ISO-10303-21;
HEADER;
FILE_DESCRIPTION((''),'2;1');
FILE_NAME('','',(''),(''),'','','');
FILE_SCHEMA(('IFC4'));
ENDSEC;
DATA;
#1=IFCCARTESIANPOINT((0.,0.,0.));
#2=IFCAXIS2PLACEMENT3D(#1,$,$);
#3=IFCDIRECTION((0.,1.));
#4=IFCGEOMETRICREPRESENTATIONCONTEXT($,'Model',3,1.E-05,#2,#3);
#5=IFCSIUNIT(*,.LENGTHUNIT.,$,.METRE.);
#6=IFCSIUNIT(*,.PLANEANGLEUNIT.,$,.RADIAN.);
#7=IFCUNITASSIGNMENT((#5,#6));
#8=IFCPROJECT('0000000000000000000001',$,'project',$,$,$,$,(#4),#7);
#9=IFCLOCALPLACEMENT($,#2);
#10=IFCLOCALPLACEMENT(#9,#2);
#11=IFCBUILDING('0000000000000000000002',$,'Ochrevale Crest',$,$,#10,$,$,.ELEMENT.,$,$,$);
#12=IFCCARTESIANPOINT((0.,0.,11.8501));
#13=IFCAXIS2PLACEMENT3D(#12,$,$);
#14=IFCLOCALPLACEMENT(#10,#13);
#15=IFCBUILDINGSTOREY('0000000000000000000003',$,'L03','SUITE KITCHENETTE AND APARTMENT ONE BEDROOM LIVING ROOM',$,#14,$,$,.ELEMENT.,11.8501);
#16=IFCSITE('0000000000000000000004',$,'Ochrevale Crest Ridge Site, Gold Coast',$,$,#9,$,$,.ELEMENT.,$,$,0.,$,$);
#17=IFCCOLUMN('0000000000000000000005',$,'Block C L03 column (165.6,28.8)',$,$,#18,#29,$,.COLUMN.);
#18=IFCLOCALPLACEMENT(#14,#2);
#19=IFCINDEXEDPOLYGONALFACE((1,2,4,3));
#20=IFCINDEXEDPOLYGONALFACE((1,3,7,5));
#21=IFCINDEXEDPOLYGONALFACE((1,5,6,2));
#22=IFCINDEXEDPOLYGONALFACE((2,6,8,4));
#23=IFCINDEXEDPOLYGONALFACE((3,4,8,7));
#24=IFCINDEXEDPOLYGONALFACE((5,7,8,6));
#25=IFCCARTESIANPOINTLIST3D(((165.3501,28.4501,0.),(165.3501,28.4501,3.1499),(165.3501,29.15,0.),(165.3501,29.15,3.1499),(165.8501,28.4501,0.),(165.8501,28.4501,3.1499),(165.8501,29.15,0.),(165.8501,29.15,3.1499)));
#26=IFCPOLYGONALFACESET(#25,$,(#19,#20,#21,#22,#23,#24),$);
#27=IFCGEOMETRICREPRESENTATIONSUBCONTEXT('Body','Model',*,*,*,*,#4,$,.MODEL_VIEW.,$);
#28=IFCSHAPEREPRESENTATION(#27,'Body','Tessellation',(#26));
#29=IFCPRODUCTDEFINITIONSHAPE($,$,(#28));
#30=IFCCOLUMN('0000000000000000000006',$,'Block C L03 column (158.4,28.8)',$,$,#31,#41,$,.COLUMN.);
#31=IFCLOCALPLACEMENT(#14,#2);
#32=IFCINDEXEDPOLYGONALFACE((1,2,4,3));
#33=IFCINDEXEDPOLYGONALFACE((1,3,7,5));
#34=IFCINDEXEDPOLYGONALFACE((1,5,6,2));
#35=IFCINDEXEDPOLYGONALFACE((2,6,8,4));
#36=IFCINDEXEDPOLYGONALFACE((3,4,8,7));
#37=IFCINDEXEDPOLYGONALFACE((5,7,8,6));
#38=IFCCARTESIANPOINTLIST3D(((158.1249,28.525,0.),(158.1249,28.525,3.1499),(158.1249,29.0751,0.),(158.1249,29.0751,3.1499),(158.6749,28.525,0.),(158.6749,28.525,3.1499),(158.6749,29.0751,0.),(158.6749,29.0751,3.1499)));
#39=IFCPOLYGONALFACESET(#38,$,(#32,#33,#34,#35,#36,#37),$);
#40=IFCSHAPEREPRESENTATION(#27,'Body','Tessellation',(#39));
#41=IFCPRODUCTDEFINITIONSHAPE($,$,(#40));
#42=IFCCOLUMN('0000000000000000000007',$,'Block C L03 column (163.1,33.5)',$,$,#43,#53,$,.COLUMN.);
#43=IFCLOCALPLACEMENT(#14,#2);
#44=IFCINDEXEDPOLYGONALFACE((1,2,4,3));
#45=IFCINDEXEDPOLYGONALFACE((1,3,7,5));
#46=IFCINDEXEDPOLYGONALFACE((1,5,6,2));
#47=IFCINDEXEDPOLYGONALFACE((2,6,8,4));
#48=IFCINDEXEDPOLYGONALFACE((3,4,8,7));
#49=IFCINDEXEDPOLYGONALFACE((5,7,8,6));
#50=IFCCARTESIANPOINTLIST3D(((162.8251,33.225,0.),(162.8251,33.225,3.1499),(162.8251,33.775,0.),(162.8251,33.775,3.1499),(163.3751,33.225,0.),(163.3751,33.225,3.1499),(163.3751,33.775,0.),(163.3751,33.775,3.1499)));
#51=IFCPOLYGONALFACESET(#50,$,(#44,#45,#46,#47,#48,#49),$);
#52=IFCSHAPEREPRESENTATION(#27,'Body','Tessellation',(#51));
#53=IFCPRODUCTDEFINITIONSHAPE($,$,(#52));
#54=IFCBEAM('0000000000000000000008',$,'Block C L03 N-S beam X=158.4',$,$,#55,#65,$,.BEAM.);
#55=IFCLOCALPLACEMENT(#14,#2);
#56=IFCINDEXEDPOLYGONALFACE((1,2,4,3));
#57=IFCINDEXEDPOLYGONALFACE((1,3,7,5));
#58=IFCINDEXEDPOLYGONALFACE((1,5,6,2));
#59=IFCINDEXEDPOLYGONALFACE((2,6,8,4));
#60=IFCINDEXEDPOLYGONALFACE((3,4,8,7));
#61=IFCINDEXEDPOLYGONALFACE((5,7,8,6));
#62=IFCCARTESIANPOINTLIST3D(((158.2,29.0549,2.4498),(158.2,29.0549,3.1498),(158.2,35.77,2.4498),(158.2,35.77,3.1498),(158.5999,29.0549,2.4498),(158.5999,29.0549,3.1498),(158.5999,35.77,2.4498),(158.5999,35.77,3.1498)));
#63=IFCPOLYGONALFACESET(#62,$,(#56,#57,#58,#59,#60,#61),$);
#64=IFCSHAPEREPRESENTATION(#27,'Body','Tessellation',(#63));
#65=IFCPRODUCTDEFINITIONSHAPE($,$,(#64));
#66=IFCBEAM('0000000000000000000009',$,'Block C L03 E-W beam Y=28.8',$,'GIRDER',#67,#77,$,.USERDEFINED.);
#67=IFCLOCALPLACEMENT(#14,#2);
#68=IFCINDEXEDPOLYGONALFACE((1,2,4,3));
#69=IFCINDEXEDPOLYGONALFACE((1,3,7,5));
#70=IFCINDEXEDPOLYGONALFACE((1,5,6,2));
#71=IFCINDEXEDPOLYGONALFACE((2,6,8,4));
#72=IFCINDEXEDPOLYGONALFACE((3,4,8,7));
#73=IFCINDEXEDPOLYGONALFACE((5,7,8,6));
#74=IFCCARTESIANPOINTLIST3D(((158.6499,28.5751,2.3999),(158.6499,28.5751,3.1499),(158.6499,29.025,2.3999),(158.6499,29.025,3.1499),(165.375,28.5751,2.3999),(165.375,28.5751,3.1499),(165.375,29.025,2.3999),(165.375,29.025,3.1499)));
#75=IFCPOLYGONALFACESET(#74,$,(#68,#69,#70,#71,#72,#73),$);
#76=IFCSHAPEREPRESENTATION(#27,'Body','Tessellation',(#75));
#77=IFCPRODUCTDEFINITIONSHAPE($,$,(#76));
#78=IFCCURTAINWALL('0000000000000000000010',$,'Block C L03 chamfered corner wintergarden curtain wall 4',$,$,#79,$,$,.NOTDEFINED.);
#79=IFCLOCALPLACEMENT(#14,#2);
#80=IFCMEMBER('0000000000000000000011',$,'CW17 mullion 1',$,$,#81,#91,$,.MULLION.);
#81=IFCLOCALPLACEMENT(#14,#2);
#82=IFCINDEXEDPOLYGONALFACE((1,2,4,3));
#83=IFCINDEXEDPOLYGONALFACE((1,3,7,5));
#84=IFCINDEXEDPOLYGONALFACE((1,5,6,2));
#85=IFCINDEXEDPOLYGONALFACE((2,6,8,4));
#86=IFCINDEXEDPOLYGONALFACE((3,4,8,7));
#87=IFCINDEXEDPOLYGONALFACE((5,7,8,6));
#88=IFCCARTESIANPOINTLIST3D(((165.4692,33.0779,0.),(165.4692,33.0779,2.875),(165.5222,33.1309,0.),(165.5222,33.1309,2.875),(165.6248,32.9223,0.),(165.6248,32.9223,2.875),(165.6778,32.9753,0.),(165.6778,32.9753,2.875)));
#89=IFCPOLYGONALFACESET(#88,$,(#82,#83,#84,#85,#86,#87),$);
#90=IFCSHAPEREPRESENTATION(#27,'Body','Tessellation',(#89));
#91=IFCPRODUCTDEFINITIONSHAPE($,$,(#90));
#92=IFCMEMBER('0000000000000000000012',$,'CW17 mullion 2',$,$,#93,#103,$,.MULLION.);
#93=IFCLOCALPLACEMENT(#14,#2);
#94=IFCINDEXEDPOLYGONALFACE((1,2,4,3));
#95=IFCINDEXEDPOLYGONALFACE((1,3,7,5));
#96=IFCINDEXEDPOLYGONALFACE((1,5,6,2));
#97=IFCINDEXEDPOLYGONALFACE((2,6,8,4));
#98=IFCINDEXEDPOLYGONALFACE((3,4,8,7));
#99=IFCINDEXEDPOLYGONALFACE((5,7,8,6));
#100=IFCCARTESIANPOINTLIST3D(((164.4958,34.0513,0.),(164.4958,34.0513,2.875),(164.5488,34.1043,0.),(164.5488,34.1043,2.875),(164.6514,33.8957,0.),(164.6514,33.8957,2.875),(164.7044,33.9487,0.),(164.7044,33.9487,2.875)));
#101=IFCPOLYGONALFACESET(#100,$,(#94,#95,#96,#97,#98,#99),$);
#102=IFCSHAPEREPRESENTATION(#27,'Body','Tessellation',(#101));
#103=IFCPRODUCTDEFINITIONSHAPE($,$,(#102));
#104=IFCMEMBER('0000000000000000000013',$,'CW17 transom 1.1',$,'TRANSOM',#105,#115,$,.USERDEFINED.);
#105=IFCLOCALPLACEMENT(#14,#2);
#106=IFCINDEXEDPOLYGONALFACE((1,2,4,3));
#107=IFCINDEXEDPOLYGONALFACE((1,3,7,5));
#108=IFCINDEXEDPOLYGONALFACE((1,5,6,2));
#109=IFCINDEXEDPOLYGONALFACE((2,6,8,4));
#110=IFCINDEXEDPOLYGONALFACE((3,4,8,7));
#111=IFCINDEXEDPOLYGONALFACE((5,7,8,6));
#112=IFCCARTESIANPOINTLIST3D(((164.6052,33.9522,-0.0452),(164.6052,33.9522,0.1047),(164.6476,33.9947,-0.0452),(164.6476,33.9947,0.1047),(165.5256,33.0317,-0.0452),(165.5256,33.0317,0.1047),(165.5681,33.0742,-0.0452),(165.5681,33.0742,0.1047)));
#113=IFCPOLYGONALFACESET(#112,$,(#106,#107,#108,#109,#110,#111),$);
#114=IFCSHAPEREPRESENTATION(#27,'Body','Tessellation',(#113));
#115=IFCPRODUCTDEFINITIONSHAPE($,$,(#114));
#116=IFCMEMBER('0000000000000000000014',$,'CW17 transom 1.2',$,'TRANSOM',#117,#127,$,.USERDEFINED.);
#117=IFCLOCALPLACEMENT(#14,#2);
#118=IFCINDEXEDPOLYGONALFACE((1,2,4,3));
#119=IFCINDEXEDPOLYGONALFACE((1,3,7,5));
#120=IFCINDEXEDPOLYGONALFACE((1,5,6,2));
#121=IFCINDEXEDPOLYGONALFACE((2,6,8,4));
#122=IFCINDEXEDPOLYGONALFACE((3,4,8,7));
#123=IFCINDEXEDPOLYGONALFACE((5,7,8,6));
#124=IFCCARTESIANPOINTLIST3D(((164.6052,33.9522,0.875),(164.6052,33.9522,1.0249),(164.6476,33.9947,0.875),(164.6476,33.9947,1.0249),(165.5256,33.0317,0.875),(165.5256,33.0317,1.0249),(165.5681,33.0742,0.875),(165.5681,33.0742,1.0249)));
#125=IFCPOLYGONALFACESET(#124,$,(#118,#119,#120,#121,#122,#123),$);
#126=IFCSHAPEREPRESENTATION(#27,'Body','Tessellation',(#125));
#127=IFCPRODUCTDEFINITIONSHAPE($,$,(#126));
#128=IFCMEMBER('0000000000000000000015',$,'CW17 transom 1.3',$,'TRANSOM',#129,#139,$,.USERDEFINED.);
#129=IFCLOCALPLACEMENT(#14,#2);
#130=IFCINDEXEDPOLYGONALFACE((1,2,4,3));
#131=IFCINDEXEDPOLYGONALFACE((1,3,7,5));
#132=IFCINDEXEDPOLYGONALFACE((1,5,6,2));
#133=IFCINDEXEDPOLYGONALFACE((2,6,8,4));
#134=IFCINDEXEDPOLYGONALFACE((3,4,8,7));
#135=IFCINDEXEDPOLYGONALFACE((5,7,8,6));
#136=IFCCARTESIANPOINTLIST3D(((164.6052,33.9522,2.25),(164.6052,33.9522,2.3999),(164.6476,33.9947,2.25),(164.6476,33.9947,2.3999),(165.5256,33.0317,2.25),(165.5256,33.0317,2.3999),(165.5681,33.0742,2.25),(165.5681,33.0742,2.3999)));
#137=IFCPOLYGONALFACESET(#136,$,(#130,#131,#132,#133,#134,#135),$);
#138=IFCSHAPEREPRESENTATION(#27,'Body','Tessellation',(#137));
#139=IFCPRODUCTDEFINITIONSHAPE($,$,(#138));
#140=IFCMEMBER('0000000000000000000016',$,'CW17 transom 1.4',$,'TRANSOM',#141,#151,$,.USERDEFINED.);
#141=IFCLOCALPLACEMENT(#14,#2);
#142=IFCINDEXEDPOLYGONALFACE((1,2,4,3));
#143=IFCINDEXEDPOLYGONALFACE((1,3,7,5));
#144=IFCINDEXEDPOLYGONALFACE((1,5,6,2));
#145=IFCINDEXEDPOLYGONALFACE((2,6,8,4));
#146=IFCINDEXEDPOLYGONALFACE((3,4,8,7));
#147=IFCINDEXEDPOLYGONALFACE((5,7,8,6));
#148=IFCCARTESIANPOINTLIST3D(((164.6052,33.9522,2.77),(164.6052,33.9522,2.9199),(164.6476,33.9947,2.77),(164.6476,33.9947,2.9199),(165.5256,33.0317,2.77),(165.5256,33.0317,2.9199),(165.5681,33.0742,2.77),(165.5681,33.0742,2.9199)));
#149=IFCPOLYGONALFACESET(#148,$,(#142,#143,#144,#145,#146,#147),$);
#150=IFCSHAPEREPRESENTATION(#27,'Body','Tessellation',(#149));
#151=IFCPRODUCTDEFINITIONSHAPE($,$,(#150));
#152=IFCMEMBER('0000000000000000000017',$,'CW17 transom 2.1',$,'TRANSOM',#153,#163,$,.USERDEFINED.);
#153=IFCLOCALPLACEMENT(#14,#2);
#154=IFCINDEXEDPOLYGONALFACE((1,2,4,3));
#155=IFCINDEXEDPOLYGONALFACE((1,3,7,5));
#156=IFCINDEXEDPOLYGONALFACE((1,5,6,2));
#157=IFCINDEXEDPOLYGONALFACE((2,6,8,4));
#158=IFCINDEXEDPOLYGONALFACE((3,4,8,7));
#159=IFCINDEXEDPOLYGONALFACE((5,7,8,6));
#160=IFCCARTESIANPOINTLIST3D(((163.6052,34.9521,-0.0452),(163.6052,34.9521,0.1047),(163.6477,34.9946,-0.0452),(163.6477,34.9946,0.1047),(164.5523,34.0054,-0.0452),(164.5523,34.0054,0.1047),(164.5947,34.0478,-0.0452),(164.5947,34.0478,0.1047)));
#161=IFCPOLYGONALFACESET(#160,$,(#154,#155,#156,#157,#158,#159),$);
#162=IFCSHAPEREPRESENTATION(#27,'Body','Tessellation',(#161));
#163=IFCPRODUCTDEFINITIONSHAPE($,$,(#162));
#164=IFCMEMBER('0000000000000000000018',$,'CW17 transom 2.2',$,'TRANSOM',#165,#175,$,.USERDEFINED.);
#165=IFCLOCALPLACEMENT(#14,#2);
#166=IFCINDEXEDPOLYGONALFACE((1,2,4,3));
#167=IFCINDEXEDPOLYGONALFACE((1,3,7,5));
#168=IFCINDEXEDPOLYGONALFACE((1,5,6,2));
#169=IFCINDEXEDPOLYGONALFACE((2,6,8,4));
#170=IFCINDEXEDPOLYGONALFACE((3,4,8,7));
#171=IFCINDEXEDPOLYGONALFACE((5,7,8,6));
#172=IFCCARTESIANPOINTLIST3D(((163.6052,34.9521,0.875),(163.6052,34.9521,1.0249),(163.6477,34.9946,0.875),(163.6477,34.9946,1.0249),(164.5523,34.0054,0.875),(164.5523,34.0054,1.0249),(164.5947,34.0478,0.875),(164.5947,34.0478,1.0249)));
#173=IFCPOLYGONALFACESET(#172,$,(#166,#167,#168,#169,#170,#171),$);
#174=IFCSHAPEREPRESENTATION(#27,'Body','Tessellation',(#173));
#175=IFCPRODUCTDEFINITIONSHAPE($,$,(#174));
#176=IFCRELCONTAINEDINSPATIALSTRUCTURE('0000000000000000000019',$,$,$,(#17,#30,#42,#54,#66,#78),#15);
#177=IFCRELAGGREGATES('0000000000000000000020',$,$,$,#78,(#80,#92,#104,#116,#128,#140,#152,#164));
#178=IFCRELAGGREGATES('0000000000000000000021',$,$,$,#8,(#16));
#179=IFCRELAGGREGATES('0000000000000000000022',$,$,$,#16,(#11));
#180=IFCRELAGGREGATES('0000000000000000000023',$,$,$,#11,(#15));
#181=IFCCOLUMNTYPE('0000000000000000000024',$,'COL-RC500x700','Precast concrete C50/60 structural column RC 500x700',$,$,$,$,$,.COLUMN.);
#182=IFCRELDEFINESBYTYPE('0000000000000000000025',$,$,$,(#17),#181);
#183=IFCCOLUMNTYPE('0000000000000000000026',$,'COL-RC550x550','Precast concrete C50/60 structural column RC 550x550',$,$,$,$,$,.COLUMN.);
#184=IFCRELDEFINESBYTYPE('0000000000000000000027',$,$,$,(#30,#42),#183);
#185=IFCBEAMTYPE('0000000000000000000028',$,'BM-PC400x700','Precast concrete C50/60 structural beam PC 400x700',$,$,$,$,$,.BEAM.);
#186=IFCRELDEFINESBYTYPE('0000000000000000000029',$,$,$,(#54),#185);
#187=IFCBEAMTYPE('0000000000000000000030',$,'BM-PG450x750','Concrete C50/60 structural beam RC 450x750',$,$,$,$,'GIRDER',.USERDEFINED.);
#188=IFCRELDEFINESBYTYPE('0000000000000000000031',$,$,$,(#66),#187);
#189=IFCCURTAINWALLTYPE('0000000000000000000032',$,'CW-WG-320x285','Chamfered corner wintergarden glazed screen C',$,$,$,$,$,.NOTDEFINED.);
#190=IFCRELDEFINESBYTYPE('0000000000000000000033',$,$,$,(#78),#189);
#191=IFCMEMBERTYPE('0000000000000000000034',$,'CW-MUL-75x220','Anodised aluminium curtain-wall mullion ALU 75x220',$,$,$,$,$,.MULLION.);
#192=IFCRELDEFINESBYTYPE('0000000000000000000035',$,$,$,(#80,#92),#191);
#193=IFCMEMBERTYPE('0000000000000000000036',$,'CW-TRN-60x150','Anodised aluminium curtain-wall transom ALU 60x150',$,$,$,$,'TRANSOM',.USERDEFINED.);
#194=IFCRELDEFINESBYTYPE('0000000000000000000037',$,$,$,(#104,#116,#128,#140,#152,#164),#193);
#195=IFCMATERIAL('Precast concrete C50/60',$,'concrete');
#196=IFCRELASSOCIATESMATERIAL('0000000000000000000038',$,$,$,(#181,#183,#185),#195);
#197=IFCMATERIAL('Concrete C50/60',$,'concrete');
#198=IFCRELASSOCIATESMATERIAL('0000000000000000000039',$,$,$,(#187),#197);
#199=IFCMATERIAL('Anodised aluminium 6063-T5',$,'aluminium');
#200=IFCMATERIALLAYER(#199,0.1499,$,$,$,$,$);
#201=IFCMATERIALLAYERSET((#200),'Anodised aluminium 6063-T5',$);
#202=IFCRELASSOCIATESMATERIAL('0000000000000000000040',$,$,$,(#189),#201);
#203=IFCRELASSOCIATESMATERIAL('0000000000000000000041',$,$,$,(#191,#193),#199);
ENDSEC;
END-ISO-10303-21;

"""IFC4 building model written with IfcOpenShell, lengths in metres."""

from ifc_helpers import new_model, si_unit, direction, frame, origin, origin_2d, place, context, subcontext, project, spatial, rectangle, extrude, material, layer, layer_set, material_profile, profile_set, type_object, element, aggregate, save


model = new_model("IFC4")

# Units and contexts
model_context = context("Model", 3, precision=1e-05, world=origin(), true_north=direction((0.0, 1.0)))
body_context = subcontext(model_context, "Body", "Model", "MODEL_VIEW")
ifc_project = project(units=[si_unit("LENGTHUNIT", "METRE"), si_unit("PLANEANGLEUNIT", "RADIAN")], contexts=[model_context])

# Site, building, storey
site_placement = place(None, origin())
site = spatial("IfcSite", under=ifc_project, at=site_placement, Name="Ochrevale Crest Ridge Site, Gold Coast", CompositionType="ELEMENT", RefElevation=0.0)
building_placement = place(site_placement, origin())
building = spatial("IfcBuilding", under=site, at=building_placement, Name="Ochrevale Crest", CompositionType="ELEMENT")
storey_placement = place(building_placement, frame((0.0, 0.0, 11.8501)))
storey = spatial("IfcBuildingStorey", under=building, at=storey_placement, Name="L03", Description="SUITE KITCHENETTE AND APARTMENT ONE BEDROOM LIVING ROOM", CompositionType="ELEMENT", Elevation=11.8501)

# Columns
ifc_material_1 = material(Name="Precast concrete C50/60", Category="concrete")
ifc_material_profile_1 = material_profile(ifc_material_1, rectangle(XDim=0.5, YDim=0.7, at=origin_2d()), Name="RC 500x700")
ifc_profile_set_1 = profile_set([ifc_material_profile_1], Name="Precast concrete C50/60")
column_type_1 = type_object("IfcColumnType", Name="COL-RC500x700", Description="Precast concrete C50/60 structural column RC 500x700", PredefinedType="COLUMN", material=ifc_profile_set_1)
column_placement = place(storey_placement, frame((165.6001, 28.8, 0.0), z_axis=(0.0, 0.0, 1.0), x_axis=(1.0, 0.0, 0.0)))
element("IfcColumn", 1, at=column_placement, inside=storey, type_object=column_type_1, Name="Block C L03 column (165.6,28.8)", PredefinedType="COLUMN", context=body_context, shape_type="SweptSolid", body=[
    extrude(rectangle(XDim=0.5, YDim=0.7, at=origin_2d()), origin(), (0.0, 0.0, 1.0), 3.1499),
])
ifc_material_profile_2 = material_profile(ifc_material_1, rectangle(XDim=0.55, YDim=0.55, at=origin_2d()), Name="RC 550x550")
ifc_profile_set_2 = profile_set([ifc_material_profile_2], Name="Precast concrete C50/60")
column_type_2 = type_object("IfcColumnType", Name="COL-RC550x550", Description="Precast concrete C50/60 structural column RC 550x550", PredefinedType="COLUMN", material=ifc_profile_set_2)
for number, where, z_axis, x_axis, name in (
    (2, (158.3999, 28.8, 0.0), (0.0, 0.0, 1.0), (1.0, 0.0, 0.0), "Block C L03 column (158.4,28.8)"),
    (3, (163.1001, 33.5, 0.0), (0.0, 0.0, 1.0), (1.0, 0.0, 0.0), "Block C L03 column (163.1,33.5)"),
):
    element("IfcColumn", number, at=place(storey_placement, frame(where, z_axis=z_axis, x_axis=x_axis)), inside=storey, type_object=column_type_2, Name=name, PredefinedType="COLUMN", context=body_context, shape_type="SweptSolid", body=[
        extrude(rectangle(XDim=0.55, YDim=0.55, at=origin_2d()), origin(), (0.0, 0.0, 1.0), 3.1499),
    ])

# Beams
ifc_material_profile_3 = material_profile(ifc_material_1, rectangle(XDim=0.3999, YDim=0.7, at=origin_2d()), Name="PC 400x700")
ifc_profile_set_3 = profile_set([ifc_material_profile_3], Name="Precast concrete C50/60")
beam_type_1 = type_object("IfcBeamType", Name="BM-PC400x700", Description="Precast concrete C50/60 structural beam PC 400x700", PredefinedType="BEAM", material=ifc_profile_set_3)
beam_1_placement = place(storey_placement, frame((158.3999, 29.0549, 2.7998), z_axis=(0.0, 1.0, 0.0), x_axis=(-1.0, 0.0, 0.0)))
element("IfcBeam", 4, at=beam_1_placement, inside=storey, type_object=beam_type_1, Name="Block C L03 N-S beam X=158.4", PredefinedType="BEAM", context=body_context, shape_type="SweptSolid", body=[
    extrude(rectangle(XDim=0.3999, YDim=0.7, at=origin_2d()), origin(), (0.0, 0.0, 1.0), 6.7151),
])
ifc_material_2 = material(Name="Concrete C50/60", Category="concrete")
ifc_material_profile_4 = material_profile(ifc_material_2, rectangle(XDim=0.45, YDim=0.75, at=origin_2d()), Name="RC 450x750")
ifc_profile_set_4 = profile_set([ifc_material_profile_4], Name="Concrete C50/60")
beam_type_2 = type_object("IfcBeamType", Name="BM-PG450x750", Description="Concrete C50/60 structural beam RC 450x750", ElementType="GIRDER", PredefinedType="USERDEFINED", material=ifc_profile_set_4)
beam_2_placement = place(storey_placement, frame((158.6499, 28.8, 2.7749), z_axis=(1.0, 0.0, 0.0), x_axis=(0.0, 1.0, 0.0)))
element("IfcBeam", 5, at=beam_2_placement, inside=storey, type_object=beam_type_2, Name="Block C L03 E-W beam Y=28.8", ObjectType="GIRDER", PredefinedType="USERDEFINED", context=body_context, shape_type="SweptSolid", body=[
    extrude(rectangle(XDim=0.45, YDim=0.75, at=origin_2d()), origin(), (0.0, 0.0, 1.0), 6.7251),
])

# Curtain wall, members
ifc_material_3 = material(Name="Anodised aluminium 6063-T5", Category="aluminium")
ifc_layer_1 = layer(ifc_material_3, 0.1499)
ifc_layer_set_1 = layer_set([ifc_layer_1], Name="Anodised aluminium 6063-T5")
curtain_wall_type = type_object("IfcCurtainWallType", Name="CW-WG-320x285", Description="Chamfered corner wintergarden glazed screen C", PredefinedType="NOTDEFINED", material=ifc_layer_set_1)
curtain_wall_placement = place(storey_placement, origin())
curtain_wall = element("IfcCurtainWall", 6, at=curtain_wall_placement, inside=storey, type_object=curtain_wall_type, Name="Block C L03 chamfered corner wintergarden curtain wall 4", PredefinedType="NOTDEFINED")
ifc_material_profile_5 = material_profile(ifc_material_3, rectangle(XDim=0.075, YDim=0.22, at=origin_2d()), Name="ALU 75x220")
ifc_profile_set_5 = profile_set([ifc_material_profile_5], Name="Anodised aluminium 6063-T5")
member_type_1 = type_object("IfcMemberType", Name="CW-MUL-75x220", Description="Anodised aluminium curtain-wall mullion ALU 75x220", PredefinedType="MULLION", material=ifc_profile_set_5)
member_1_placement = place(storey_placement, frame((165.5735, 33.0266, 0.0), z_axis=(0.0, 0.0, 1.0), x_axis=(-0.707107, -0.707107, 0.0)))
member_1 = element("IfcMember", 7, at=member_1_placement, type_object=member_type_1, Name="CW17 mullion 1", PredefinedType="MULLION", context=body_context, shape_type="SweptSolid", body=[
    extrude(rectangle(XDim=0.075, YDim=0.22, at=origin_2d()), origin(), (0.0, 0.0, 1.0), 2.875),
])
member_2_placement = place(storey_placement, frame((164.6001, 34.0, 0.0), z_axis=(0.0, 0.0, 1.0), x_axis=(-0.707107, -0.707107, 0.0)))
member_2 = element("IfcMember", 8, at=member_2_placement, type_object=member_type_1, Name="CW17 mullion 2", PredefinedType="MULLION", context=body_context, shape_type="SweptSolid", body=[
    extrude(rectangle(XDim=0.075, YDim=0.22, at=origin_2d()), origin(), (0.0, 0.0, 1.0), 2.875),
])
ifc_material_profile_6 = material_profile(ifc_material_3, rectangle(XDim=0.0601, YDim=0.1499, at=origin_2d()), Name="ALU 60x150")
ifc_profile_set_6 = profile_set([ifc_material_profile_6], Name="Anodised aluminium 6063-T5")
member_type_2 = type_object("IfcMemberType", Name="CW-TRN-60x150", Description="Anodised aluminium curtain-wall transom ALU 60x150", ElementType="TRANSOM", PredefinedType="USERDEFINED", material=ifc_profile_set_6)
member_3_placement = place(storey_placement, frame((165.5469, 33.053, 0.0298), z_axis=(-0.707107, 0.707107, 0.0), x_axis=(-0.707107, -0.707107, 0.0)))
member_3 = element("IfcMember", 9, at=member_3_placement, type_object=member_type_2, Name="CW17 transom 1.1", ObjectType="TRANSOM", PredefinedType="USERDEFINED", context=body_context, shape_type="SweptSolid", body=[
    extrude(rectangle(XDim=0.0601, YDim=0.1499, at=origin_2d()), origin(), (0.0, 0.0, 1.0), 1.3018),
])
member_4_placement = place(storey_placement, frame((165.5469, 33.053, 0.95), z_axis=(-0.707107, 0.707107, 0.0), x_axis=(-0.707107, -0.707107, 0.0)))
member_4 = element("IfcMember", 10, at=member_4_placement, type_object=member_type_2, Name="CW17 transom 1.2", ObjectType="TRANSOM", PredefinedType="USERDEFINED", context=body_context, shape_type="SweptSolid", body=[
    extrude(rectangle(XDim=0.0601, YDim=0.1499, at=origin_2d()), origin(), (0.0, 0.0, 1.0), 1.3018),
])
member_5_placement = place(storey_placement, frame((165.5469, 33.053, 2.325), z_axis=(-0.707107, 0.707107, 0.0), x_axis=(-0.707107, -0.707107, 0.0)))
member_5 = element("IfcMember", 11, at=member_5_placement, type_object=member_type_2, Name="CW17 transom 1.3", ObjectType="TRANSOM", PredefinedType="USERDEFINED", context=body_context, shape_type="SweptSolid", body=[
    extrude(rectangle(XDim=0.0601, YDim=0.1499, at=origin_2d()), origin(), (0.0, 0.0, 1.0), 1.3018),
])
member_6_placement = place(storey_placement, frame((165.5469, 33.053, 2.845), z_axis=(-0.707107, 0.707107, 0.0), x_axis=(-0.707107, -0.707107, 0.0)))
member_6 = element("IfcMember", 12, at=member_6_placement, type_object=member_type_2, Name="CW17 transom 1.4", ObjectType="TRANSOM", PredefinedType="USERDEFINED", context=body_context, shape_type="SweptSolid", body=[
    extrude(rectangle(XDim=0.0601, YDim=0.1499, at=origin_2d()), origin(), (0.0, 0.0, 1.0), 1.3018),
])
member_7_placement = place(storey_placement, frame((164.5735, 34.0266, 0.0298), z_axis=(-0.707198, 0.707016, 0.0), x_axis=(-0.707016, -0.707198, 0.0)))
member_7 = element("IfcMember", 13, at=member_7_placement, type_object=member_type_2, Name="CW17 transom 2.1", ObjectType="TRANSOM", PredefinedType="USERDEFINED", context=body_context, shape_type="SweptSolid", body=[
    extrude(rectangle(XDim=0.0601, YDim=0.1499, at=origin_2d()), origin(), (0.0, 0.0, 1.0), 1.3391),
])
member_8_placement = place(storey_placement, frame((164.5735, 34.0266, 0.95), z_axis=(-0.707198, 0.707016, 0.0), x_axis=(-0.707016, -0.707198, 0.0)))
member_8 = element("IfcMember", 14, at=member_8_placement, type_object=member_type_2, Name="CW17 transom 2.2", ObjectType="TRANSOM", PredefinedType="USERDEFINED", context=body_context, shape_type="SweptSolid", body=[
    extrude(rectangle(XDim=0.0601, YDim=0.1499, at=origin_2d()), origin(), (0.0, 0.0, 1.0), 1.3391),
])
aggregate(curtain_wall, [member_1, member_2, member_3, member_4, member_5, member_6, member_7, member_8])

save(model, "model.ifc")
